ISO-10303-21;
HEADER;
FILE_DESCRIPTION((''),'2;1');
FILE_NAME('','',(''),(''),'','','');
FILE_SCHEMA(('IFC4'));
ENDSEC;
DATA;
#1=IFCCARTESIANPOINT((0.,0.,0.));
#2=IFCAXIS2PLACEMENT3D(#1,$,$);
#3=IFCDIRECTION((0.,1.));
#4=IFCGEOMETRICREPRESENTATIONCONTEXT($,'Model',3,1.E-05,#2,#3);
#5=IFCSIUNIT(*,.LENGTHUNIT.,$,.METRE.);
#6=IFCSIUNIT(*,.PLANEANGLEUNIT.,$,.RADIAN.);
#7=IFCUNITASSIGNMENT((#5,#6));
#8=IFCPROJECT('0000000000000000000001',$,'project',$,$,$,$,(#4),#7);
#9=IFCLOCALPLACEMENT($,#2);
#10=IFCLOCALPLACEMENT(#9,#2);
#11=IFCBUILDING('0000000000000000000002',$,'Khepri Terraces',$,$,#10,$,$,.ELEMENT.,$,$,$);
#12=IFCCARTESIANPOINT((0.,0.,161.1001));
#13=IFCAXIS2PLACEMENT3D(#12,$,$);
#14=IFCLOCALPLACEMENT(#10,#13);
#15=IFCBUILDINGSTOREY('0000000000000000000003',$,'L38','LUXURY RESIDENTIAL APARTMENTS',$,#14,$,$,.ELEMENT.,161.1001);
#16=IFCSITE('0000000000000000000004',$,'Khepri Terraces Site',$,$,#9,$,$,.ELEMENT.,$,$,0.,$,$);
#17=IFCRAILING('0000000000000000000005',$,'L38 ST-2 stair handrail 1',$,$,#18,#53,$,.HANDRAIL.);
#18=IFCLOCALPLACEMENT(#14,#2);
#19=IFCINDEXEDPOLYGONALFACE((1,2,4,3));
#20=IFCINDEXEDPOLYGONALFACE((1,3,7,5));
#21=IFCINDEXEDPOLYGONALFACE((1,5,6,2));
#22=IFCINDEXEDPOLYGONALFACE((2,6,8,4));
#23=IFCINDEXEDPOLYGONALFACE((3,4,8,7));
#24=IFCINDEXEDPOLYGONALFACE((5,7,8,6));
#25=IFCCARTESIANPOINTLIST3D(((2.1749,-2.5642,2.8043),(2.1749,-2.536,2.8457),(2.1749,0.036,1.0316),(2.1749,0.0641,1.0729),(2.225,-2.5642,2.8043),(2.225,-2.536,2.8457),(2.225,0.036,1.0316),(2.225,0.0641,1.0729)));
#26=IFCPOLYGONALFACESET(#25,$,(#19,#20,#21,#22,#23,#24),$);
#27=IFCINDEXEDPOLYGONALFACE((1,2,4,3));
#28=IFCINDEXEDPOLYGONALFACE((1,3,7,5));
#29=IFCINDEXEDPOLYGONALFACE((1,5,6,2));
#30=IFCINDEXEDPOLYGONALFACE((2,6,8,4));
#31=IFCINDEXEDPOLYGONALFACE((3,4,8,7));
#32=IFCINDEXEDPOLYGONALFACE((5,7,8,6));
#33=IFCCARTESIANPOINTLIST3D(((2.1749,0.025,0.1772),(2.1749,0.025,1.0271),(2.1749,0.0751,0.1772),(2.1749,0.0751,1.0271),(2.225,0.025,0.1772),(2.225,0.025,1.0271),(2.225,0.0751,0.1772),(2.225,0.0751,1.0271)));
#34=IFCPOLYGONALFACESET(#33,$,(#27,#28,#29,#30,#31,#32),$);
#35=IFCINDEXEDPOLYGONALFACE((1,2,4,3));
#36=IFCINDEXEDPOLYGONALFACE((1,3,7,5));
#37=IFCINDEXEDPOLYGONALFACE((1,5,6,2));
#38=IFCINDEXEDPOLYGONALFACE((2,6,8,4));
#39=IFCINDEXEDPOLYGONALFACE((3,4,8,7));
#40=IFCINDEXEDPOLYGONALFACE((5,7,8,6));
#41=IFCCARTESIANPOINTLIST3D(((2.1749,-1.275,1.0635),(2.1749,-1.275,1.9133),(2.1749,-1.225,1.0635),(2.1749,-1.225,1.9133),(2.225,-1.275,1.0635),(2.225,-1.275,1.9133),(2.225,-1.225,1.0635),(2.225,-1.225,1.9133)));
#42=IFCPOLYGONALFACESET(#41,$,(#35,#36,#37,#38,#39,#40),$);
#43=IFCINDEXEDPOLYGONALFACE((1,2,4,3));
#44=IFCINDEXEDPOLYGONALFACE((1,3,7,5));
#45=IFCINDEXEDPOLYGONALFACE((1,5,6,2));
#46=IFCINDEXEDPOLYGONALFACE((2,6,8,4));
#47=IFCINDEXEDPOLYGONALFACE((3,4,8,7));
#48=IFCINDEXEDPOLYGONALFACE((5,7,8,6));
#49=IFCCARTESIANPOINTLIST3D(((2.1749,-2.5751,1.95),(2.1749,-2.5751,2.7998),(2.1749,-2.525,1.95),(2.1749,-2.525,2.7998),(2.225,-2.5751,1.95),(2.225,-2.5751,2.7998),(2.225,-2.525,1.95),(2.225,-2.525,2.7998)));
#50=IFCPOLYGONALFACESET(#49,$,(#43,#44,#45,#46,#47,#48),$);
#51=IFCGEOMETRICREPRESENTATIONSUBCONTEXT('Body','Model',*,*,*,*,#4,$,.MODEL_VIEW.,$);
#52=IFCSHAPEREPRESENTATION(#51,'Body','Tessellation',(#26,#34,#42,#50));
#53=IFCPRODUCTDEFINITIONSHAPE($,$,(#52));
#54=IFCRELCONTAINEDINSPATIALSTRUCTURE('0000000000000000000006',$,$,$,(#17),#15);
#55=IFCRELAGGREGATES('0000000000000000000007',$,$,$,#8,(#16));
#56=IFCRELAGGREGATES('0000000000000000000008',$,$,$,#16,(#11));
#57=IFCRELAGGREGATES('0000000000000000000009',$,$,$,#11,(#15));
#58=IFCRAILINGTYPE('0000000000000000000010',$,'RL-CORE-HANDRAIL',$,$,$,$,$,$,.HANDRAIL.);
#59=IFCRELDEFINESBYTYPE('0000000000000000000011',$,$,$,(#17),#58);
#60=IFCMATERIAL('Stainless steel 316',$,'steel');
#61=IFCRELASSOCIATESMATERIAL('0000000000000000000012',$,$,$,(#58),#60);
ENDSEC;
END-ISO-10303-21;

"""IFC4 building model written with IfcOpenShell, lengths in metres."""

from ifc_helpers import new_model, si_unit, direction, frame, origin, origin_2d, place, context, subcontext, project, spatial, rectangle, extrude, material, type_object, element, save


model = new_model("IFC4")

# Units and contexts
model_context = context("Model", 3, precision=1e-05, world=origin(), true_north=direction((0.0, 1.0)))
body_context = subcontext(model_context, "Body", "Model", "MODEL_VIEW")
ifc_project = project(units=[si_unit("LENGTHUNIT", "METRE"), si_unit("PLANEANGLEUNIT", "RADIAN")], contexts=[model_context])

# Site, building, storey
site_placement = place(None, origin())
site = spatial("IfcSite", under=ifc_project, at=site_placement, Name="Khepri Terraces Site", CompositionType="ELEMENT", RefElevation=0.0)
building_placement = place(site_placement, origin())
building = spatial("IfcBuilding", under=site, at=building_placement, Name="Khepri Terraces", CompositionType="ELEMENT")
storey_placement = place(building_placement, frame((0.0, 0.0, 161.1001)))
storey = spatial("IfcBuildingStorey", under=building, at=storey_placement, Name="L38", Description="LUXURY RESIDENTIAL APARTMENTS", CompositionType="ELEMENT", Elevation=161.1001)

# Railing
ifc_material_1 = material(Name="Stainless steel 316", Category="steel")
railing_type_1 = type_object("IfcRailingType", Name="RL-CORE-HANDRAIL", PredefinedType="HANDRAIL", material=ifc_material_1)
railing_1_placement = place(storey_placement, frame((2.2, 0.05, 0.1772)))
element("IfcRailing", 1, at=railing_1_placement, inside=storey, type_object=railing_type_1, Name="L38 ST-2 stair handrail 1", PredefinedType="HANDRAIL", context=body_context, shape_type="SweptSolid", body=[
    extrude(rectangle(XDim=0.05, YDim=0.05, at=origin_2d()), frame((0.0, 0.0, 0.875), z_axis=(0.0, -0.82624, 0.563318), x_axis=(1.0, 0.0, 0.0)), (0.0, 0.0, 1.0), 3.147),
    extrude(rectangle(XDim=0.05, YDim=0.05, at=origin_2d()), origin(), (0.0, 0.0, 1.0), 0.8499),
    extrude(rectangle(XDim=0.05, YDim=0.05, at=origin_2d()), frame((0.0, -1.3, 0.8862)), (0.0, 0.0, 1.0), 0.8499),
    extrude(rectangle(XDim=0.05, YDim=0.05, at=origin_2d()), frame((0.0, -2.6001, 1.7727)), (0.0, 0.0, 1.0), 0.8499),
])

save(model, "model.ifc")
